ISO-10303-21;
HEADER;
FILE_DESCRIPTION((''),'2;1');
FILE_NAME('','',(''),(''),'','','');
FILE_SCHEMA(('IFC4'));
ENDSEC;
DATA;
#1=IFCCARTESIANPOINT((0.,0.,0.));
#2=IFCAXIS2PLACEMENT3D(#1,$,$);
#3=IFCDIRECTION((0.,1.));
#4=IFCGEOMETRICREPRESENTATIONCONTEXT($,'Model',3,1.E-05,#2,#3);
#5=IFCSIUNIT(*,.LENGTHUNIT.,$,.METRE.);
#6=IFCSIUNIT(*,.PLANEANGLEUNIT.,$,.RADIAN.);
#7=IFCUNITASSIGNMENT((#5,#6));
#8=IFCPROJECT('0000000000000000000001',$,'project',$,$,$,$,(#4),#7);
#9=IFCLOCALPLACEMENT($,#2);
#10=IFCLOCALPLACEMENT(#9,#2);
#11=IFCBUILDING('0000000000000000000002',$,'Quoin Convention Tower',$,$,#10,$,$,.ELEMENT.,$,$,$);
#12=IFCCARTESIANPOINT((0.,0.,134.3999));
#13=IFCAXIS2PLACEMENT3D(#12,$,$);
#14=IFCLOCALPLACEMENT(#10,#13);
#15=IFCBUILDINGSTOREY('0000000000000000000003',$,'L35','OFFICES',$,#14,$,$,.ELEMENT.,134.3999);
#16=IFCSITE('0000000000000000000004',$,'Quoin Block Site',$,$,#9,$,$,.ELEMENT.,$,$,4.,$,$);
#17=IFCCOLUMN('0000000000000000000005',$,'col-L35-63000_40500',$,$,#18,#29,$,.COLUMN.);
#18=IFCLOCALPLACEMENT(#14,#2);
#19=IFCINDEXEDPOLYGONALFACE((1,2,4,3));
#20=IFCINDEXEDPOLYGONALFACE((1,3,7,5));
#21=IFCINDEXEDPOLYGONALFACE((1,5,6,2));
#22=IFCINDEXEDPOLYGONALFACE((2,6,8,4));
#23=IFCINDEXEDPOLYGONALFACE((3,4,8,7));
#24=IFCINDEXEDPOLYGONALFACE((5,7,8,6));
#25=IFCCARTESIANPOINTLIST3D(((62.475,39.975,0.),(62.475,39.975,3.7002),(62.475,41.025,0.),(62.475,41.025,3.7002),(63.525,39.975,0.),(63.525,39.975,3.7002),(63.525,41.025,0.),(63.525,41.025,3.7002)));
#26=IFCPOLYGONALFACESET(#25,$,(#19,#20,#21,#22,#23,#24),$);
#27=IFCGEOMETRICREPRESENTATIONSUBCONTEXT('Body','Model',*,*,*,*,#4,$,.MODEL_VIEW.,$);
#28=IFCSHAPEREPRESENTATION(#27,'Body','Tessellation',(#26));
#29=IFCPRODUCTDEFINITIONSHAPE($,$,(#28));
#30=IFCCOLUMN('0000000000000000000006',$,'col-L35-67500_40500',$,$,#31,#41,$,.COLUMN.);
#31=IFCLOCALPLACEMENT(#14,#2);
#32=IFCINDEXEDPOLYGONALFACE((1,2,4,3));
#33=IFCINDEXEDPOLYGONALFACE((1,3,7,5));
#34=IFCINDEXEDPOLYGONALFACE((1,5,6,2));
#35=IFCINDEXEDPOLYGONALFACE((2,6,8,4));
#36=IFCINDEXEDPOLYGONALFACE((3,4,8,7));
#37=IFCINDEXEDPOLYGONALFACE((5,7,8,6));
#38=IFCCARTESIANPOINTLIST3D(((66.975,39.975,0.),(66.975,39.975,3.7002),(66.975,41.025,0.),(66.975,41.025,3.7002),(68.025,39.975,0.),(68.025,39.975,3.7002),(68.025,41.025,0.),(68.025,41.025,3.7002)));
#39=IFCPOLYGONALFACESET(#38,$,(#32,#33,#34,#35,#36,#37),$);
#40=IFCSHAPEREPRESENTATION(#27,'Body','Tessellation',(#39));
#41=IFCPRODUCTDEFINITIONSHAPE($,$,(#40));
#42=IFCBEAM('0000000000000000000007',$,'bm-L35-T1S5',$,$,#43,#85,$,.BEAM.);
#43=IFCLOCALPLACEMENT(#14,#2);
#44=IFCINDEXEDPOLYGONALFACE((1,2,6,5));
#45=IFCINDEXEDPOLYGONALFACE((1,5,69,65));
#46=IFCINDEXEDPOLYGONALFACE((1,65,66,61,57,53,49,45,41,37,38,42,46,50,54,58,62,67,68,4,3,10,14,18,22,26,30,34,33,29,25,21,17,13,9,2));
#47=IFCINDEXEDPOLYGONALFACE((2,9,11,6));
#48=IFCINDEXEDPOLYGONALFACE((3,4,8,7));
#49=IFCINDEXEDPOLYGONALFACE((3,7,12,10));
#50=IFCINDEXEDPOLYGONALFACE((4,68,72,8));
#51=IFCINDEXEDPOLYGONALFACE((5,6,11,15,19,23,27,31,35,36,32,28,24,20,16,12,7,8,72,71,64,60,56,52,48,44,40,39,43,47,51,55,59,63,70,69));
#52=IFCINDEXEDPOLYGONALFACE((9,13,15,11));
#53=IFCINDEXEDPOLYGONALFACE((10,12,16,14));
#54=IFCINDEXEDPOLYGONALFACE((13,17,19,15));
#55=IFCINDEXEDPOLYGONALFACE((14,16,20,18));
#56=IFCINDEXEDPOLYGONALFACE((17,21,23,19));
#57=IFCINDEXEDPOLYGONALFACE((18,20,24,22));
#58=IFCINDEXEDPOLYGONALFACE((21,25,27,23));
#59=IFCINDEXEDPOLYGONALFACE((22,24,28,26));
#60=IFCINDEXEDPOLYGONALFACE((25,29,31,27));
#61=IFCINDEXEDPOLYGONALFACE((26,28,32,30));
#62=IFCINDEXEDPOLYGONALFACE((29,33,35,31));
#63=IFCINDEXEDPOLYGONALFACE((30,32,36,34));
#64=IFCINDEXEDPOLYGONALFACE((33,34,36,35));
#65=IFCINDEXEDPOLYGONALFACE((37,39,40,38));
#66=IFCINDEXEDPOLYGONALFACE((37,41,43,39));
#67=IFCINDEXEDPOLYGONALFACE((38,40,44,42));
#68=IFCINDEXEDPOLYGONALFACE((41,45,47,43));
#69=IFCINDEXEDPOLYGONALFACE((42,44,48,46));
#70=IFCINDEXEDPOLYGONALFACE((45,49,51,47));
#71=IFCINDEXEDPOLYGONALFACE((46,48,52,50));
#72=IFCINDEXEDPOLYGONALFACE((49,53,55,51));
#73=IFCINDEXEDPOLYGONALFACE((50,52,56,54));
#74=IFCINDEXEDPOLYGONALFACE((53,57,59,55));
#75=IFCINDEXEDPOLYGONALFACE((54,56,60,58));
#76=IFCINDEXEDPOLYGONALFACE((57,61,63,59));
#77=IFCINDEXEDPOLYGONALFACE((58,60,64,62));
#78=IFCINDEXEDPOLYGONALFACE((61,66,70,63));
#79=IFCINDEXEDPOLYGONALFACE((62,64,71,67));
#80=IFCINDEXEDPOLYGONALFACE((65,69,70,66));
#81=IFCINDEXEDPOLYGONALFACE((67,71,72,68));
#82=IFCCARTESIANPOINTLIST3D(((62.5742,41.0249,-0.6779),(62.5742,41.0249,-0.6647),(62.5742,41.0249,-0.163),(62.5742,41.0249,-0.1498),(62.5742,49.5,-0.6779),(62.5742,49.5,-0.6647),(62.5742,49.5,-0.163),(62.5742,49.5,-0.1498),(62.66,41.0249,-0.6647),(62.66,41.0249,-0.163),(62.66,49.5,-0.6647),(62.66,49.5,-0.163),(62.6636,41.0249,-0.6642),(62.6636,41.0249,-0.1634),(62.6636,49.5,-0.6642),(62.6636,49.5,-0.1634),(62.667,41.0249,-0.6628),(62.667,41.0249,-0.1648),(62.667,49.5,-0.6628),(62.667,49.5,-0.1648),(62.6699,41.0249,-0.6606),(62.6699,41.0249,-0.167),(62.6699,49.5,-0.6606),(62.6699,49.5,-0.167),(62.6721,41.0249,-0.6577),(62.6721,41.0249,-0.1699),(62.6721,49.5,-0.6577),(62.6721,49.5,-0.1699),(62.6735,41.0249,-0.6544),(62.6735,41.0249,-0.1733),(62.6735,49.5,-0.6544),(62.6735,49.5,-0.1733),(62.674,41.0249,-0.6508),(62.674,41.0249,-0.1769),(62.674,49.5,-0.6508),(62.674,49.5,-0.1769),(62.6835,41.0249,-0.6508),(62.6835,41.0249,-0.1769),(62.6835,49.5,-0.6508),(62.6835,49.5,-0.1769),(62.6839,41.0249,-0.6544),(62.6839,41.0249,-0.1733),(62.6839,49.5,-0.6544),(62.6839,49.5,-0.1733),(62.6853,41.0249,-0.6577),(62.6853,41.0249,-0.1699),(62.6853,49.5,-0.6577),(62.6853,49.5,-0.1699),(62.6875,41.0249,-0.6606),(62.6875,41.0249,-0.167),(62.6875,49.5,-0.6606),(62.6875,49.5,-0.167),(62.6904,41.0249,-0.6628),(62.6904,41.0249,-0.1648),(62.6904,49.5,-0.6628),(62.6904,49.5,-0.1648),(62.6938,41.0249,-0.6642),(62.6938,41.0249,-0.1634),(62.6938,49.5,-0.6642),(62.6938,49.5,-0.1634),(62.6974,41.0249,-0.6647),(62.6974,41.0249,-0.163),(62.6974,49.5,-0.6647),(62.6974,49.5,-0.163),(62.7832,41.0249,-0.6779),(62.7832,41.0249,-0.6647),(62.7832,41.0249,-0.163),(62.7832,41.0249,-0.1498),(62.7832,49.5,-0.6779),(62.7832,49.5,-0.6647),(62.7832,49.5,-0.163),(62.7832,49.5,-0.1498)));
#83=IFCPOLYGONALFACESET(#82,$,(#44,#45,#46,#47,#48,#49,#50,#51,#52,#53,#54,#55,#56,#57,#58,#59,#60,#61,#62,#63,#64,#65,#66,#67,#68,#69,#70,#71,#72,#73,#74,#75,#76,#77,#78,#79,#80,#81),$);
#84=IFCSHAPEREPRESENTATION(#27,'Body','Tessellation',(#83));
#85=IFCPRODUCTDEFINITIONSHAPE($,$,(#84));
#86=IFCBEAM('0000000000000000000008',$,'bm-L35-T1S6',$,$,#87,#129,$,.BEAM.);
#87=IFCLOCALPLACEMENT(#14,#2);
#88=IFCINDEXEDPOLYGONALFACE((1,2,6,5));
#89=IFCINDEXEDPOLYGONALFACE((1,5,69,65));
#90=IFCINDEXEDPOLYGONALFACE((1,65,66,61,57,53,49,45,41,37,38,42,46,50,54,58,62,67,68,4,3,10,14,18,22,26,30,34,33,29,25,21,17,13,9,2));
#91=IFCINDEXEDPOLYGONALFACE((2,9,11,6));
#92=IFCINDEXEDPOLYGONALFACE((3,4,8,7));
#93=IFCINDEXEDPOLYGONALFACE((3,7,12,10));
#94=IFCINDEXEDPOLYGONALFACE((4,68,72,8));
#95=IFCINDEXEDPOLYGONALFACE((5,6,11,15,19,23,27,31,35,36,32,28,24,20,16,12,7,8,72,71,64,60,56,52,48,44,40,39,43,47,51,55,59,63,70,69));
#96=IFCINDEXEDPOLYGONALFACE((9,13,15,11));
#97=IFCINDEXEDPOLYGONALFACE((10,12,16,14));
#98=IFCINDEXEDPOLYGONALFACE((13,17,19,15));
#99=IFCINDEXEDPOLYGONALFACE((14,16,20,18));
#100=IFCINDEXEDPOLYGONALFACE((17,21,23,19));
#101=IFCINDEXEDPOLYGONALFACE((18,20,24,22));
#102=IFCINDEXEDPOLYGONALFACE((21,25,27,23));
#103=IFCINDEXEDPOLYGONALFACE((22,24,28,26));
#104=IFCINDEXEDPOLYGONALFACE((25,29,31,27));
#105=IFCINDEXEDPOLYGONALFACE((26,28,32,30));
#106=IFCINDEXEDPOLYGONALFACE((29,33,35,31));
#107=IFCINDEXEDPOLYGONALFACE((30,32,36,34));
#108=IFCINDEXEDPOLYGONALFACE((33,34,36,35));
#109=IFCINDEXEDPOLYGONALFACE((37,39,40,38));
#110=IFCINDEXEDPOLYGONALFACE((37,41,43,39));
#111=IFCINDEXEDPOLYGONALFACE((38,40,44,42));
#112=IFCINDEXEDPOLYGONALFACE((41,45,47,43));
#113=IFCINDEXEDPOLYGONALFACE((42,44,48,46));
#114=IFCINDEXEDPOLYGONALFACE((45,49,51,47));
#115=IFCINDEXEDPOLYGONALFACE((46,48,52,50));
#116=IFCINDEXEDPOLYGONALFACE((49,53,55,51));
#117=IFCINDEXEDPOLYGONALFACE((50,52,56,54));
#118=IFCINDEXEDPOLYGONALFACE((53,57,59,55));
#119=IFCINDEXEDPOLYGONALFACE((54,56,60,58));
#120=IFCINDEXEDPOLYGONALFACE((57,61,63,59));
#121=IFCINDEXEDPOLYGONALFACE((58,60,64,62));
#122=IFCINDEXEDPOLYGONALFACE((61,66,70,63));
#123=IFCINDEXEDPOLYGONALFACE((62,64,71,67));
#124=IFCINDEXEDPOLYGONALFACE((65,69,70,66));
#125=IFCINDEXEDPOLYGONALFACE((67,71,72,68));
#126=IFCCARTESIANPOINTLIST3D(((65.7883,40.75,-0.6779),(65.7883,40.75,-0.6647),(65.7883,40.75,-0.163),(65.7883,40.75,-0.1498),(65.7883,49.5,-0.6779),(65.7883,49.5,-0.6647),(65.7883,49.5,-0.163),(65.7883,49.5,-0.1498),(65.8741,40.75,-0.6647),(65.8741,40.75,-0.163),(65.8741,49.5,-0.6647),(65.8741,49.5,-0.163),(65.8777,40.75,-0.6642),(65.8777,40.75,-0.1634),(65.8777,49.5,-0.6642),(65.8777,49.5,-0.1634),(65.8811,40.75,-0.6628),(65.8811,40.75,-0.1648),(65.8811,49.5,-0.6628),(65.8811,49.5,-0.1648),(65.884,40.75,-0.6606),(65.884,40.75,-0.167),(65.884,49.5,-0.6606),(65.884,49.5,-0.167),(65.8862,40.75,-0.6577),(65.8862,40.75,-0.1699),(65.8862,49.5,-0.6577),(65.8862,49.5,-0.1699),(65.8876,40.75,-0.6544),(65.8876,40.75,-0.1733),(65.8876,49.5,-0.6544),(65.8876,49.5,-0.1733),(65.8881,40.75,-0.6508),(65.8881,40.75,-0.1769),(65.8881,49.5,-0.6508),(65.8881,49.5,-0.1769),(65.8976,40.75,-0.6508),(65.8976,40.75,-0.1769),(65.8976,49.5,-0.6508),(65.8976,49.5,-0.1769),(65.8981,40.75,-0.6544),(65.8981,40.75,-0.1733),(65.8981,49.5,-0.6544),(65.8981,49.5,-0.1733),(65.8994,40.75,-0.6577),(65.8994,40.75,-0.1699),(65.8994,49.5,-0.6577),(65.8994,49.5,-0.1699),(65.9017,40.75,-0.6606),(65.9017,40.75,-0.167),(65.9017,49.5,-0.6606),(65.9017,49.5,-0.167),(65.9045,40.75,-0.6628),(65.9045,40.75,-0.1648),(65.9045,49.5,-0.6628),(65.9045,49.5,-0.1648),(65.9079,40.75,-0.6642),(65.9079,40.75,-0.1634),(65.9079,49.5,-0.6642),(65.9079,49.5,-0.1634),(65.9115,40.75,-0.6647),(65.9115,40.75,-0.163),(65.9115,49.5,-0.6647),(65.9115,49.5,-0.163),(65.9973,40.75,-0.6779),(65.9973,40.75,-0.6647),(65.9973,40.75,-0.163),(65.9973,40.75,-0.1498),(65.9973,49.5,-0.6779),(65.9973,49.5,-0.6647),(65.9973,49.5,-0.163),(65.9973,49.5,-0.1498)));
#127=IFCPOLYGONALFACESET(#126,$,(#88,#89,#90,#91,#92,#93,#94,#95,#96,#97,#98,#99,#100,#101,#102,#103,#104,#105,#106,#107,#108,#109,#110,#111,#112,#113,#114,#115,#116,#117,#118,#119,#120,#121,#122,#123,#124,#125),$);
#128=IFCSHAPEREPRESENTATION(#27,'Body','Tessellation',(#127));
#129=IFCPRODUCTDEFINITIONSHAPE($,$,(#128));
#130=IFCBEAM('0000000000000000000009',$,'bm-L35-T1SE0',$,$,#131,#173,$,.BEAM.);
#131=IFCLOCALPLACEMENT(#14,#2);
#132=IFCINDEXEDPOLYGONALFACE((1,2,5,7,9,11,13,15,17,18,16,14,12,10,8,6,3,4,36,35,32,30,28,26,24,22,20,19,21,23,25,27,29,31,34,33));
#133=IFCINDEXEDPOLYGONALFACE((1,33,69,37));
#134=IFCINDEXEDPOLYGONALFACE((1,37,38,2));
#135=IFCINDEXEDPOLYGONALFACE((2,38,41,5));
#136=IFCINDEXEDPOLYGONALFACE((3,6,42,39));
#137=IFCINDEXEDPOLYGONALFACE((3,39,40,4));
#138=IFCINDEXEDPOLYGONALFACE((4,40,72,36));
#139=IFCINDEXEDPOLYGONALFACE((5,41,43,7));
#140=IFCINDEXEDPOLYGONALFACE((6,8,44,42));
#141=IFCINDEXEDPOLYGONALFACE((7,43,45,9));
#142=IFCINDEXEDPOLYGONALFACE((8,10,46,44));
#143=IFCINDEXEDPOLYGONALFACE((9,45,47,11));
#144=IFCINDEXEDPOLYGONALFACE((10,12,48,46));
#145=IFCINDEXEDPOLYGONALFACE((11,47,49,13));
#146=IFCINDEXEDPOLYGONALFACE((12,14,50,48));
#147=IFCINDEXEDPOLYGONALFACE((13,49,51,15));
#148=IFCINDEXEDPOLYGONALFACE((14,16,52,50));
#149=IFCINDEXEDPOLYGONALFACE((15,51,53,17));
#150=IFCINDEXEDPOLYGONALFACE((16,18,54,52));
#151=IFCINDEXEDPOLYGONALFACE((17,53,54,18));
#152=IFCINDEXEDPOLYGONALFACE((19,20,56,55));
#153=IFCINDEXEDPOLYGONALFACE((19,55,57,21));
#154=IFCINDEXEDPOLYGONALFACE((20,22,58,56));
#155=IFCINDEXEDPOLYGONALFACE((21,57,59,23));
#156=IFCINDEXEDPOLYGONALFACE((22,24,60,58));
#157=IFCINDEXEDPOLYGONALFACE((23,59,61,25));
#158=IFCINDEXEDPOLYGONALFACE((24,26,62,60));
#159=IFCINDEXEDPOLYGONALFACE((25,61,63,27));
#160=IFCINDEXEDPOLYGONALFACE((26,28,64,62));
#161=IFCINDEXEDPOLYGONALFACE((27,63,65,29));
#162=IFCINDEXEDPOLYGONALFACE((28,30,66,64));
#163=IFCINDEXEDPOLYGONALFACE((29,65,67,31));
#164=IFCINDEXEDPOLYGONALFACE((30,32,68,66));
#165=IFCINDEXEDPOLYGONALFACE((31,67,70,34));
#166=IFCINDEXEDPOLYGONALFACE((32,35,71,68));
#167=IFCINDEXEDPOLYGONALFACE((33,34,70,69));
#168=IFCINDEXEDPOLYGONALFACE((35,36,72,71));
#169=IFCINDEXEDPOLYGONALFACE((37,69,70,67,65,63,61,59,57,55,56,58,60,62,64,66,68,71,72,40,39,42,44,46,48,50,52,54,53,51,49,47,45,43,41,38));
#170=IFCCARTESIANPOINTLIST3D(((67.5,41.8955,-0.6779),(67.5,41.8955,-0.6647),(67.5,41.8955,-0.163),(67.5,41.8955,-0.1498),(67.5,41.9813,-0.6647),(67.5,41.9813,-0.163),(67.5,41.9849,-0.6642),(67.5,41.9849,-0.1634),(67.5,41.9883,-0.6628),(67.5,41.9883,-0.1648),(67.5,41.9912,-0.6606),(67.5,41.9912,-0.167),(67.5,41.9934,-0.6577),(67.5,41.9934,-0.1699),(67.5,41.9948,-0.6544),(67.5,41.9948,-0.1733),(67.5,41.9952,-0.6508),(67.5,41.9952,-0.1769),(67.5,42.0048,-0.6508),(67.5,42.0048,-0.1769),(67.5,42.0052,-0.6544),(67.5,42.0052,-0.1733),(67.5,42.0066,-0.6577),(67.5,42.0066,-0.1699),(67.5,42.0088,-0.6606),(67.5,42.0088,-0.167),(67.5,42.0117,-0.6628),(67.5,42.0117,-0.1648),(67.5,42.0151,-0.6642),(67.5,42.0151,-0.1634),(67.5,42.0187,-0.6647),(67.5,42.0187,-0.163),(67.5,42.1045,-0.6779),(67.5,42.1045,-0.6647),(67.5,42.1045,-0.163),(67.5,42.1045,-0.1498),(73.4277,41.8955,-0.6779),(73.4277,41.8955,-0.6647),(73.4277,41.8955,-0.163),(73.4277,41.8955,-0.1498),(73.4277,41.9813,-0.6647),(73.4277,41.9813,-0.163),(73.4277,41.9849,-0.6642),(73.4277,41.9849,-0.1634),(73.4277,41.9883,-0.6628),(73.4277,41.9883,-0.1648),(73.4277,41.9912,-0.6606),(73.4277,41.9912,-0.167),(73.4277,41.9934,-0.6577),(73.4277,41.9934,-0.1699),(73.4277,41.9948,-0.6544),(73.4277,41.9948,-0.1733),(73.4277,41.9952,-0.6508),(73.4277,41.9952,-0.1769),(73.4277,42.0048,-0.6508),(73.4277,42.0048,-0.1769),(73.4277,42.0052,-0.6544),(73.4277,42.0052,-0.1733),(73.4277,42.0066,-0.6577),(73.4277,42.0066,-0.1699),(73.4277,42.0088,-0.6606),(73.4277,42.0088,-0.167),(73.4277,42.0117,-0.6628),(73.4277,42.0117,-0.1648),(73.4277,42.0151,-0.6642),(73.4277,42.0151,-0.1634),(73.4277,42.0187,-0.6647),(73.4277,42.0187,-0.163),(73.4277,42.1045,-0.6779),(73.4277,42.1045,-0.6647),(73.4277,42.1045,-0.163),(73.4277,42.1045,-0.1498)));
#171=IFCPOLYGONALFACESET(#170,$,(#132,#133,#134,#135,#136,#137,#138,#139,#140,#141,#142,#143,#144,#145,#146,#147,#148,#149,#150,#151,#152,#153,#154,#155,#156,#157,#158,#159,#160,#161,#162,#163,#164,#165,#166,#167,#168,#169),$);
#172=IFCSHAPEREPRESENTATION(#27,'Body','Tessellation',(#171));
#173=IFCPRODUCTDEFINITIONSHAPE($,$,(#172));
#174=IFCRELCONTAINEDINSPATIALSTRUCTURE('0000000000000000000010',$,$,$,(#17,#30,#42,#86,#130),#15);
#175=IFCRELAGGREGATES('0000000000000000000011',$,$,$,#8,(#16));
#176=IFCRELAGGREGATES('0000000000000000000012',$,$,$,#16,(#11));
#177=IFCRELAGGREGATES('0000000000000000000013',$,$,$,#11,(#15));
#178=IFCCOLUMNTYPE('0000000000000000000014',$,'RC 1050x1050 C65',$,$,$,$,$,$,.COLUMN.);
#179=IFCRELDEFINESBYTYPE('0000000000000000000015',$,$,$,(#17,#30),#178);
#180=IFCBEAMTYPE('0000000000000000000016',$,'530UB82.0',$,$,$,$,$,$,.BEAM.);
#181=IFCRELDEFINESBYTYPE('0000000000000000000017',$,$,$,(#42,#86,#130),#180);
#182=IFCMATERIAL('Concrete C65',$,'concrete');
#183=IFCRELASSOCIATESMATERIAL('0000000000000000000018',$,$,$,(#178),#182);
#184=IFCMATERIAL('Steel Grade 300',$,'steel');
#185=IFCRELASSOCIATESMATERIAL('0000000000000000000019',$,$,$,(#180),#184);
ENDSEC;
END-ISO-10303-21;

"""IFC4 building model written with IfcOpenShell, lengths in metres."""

from ifc_helpers import new_model, si_unit, direction, frame, origin, origin_2d, place, context, subcontext, project, spatial, rectangle, i_section, extrude, material, material_profile, profile_set, type_object, element, save


model = new_model("IFC4")

# Units and contexts
model_context = context("Model", 3, precision=1e-05, world=origin(), true_north=direction((0.0, 1.0)))
body_context = subcontext(model_context, "Body", "Model", "MODEL_VIEW")
ifc_project = project(units=[si_unit("LENGTHUNIT", "METRE"), si_unit("PLANEANGLEUNIT", "RADIAN")], contexts=[model_context])

# Site, building, storey
site_placement = place(None, origin())
site = spatial("IfcSite", under=ifc_project, at=site_placement, Name="Quoin Block Site", CompositionType="ELEMENT", RefElevation=4.0)
building_placement = place(site_placement, origin())
building = spatial("IfcBuilding", under=site, at=building_placement, Name="Quoin Convention Tower", CompositionType="ELEMENT")
storey_placement = place(building_placement, frame((0.0, 0.0, 134.3999)))
storey = spatial("IfcBuildingStorey", under=building, at=storey_placement, Name="L35", Description="OFFICES", CompositionType="ELEMENT", Elevation=134.3999)

# Columns
ifc_material_1 = material(Name="Concrete C65", Category="concrete")
ifc_material_profile_1 = material_profile(ifc_material_1, rectangle(XDim=1.05, YDim=1.05, at=origin_2d()), Name="RC 1050x1050")
ifc_profile_set_1 = profile_set([ifc_material_profile_1], Name="Concrete C65")
column_type = type_object("IfcColumnType", Name="RC 1050x1050 C65", PredefinedType="COLUMN", material=ifc_profile_set_1)
for number, where, z_axis, x_axis, name in (
    (1, (63.0, 40.5, 0.0), (0.0, 0.0, 1.0), (1.0, 0.0, 0.0), "col-L35-63000_40500"),
    (2, (67.5, 40.5, 0.0), (0.0, 0.0, 1.0), (1.0, 0.0, 0.0), "col-L35-67500_40500"),
):
    element("IfcColumn", number, at=place(storey_placement, frame(where, z_axis=z_axis, x_axis=x_axis)), inside=storey, type_object=column_type, Name=name, PredefinedType="COLUMN", context=body_context, shape_type="SweptSolid", body=[
        extrude(rectangle(XDim=1.05, YDim=1.05, at=origin_2d()), origin(), (0.0, 0.0, 1.0), 3.7002),
    ])

# Beams
ifc_material_2 = material(Name="Steel Grade 300", Category="steel")
ifc_material_profile_2 = material_profile(ifc_material_2, i_section(OverallWidth=0.209, OverallDepth=0.5281, WebThickness=0.0095, FlangeThickness=0.0132, FilletRadius=0.0139, at=origin_2d()), Name="530UB82.0")
ifc_profile_set_2 = profile_set([ifc_material_profile_2], Name="Steel Grade 300")
beam_type_1 = type_object("IfcBeamType", Name="530UB82.0", PredefinedType="BEAM", material=ifc_profile_set_2)
beam_1_placement = place(storey_placement, frame((62.6787, 41.0249, -0.4138), z_axis=(0.0, 1.0, 0.0), x_axis=(-1.0, 0.0, 0.0)))
element("IfcBeam", 3, at=beam_1_placement, inside=storey, type_object=beam_type_1, Name="bm-L35-T1S5", PredefinedType="BEAM", context=body_context, shape_type="SweptSolid", body=[
    extrude(i_section(OverallWidth=0.209, OverallDepth=0.5281, WebThickness=0.0095, FlangeThickness=0.0132, FilletRadius=0.0139, at=origin_2d()), origin(), (0.0, 0.0, 1.0), 8.4751),
])
beam_2_placement = place(storey_placement, frame((65.8928, 40.75, -0.4138), z_axis=(0.0, 1.0, 0.0), x_axis=(-1.0, 0.0, 0.0)))
element("IfcBeam", 4, at=beam_2_placement, inside=storey, type_object=beam_type_1, Name="bm-L35-T1S6", PredefinedType="BEAM", context=body_context, shape_type="SweptSolid", body=[
    extrude(i_section(OverallWidth=0.209, OverallDepth=0.5281, WebThickness=0.0095, FlangeThickness=0.0132, FilletRadius=0.0139, at=origin_2d()), origin(), (0.0, 0.0, 1.0), 8.75),
])
beam_3_placement = place(storey_placement, frame((67.5, 42.0, -0.4138), z_axis=(1.0, 0.0, 0.0), x_axis=(0.0, 1.0, 0.0)))
element("IfcBeam", 5, at=beam_3_placement, inside=storey, type_object=beam_type_1, Name="bm-L35-T1SE0", PredefinedType="BEAM", context=body_context, shape_type="SweptSolid", body=[
    extrude(i_section(OverallWidth=0.209, OverallDepth=0.5281, WebThickness=0.0095, FlangeThickness=0.0132, FilletRadius=0.0139, at=origin_2d()), origin(), (0.0, 0.0, 1.0), 5.9277),
])

save(model, "model.ifc")
